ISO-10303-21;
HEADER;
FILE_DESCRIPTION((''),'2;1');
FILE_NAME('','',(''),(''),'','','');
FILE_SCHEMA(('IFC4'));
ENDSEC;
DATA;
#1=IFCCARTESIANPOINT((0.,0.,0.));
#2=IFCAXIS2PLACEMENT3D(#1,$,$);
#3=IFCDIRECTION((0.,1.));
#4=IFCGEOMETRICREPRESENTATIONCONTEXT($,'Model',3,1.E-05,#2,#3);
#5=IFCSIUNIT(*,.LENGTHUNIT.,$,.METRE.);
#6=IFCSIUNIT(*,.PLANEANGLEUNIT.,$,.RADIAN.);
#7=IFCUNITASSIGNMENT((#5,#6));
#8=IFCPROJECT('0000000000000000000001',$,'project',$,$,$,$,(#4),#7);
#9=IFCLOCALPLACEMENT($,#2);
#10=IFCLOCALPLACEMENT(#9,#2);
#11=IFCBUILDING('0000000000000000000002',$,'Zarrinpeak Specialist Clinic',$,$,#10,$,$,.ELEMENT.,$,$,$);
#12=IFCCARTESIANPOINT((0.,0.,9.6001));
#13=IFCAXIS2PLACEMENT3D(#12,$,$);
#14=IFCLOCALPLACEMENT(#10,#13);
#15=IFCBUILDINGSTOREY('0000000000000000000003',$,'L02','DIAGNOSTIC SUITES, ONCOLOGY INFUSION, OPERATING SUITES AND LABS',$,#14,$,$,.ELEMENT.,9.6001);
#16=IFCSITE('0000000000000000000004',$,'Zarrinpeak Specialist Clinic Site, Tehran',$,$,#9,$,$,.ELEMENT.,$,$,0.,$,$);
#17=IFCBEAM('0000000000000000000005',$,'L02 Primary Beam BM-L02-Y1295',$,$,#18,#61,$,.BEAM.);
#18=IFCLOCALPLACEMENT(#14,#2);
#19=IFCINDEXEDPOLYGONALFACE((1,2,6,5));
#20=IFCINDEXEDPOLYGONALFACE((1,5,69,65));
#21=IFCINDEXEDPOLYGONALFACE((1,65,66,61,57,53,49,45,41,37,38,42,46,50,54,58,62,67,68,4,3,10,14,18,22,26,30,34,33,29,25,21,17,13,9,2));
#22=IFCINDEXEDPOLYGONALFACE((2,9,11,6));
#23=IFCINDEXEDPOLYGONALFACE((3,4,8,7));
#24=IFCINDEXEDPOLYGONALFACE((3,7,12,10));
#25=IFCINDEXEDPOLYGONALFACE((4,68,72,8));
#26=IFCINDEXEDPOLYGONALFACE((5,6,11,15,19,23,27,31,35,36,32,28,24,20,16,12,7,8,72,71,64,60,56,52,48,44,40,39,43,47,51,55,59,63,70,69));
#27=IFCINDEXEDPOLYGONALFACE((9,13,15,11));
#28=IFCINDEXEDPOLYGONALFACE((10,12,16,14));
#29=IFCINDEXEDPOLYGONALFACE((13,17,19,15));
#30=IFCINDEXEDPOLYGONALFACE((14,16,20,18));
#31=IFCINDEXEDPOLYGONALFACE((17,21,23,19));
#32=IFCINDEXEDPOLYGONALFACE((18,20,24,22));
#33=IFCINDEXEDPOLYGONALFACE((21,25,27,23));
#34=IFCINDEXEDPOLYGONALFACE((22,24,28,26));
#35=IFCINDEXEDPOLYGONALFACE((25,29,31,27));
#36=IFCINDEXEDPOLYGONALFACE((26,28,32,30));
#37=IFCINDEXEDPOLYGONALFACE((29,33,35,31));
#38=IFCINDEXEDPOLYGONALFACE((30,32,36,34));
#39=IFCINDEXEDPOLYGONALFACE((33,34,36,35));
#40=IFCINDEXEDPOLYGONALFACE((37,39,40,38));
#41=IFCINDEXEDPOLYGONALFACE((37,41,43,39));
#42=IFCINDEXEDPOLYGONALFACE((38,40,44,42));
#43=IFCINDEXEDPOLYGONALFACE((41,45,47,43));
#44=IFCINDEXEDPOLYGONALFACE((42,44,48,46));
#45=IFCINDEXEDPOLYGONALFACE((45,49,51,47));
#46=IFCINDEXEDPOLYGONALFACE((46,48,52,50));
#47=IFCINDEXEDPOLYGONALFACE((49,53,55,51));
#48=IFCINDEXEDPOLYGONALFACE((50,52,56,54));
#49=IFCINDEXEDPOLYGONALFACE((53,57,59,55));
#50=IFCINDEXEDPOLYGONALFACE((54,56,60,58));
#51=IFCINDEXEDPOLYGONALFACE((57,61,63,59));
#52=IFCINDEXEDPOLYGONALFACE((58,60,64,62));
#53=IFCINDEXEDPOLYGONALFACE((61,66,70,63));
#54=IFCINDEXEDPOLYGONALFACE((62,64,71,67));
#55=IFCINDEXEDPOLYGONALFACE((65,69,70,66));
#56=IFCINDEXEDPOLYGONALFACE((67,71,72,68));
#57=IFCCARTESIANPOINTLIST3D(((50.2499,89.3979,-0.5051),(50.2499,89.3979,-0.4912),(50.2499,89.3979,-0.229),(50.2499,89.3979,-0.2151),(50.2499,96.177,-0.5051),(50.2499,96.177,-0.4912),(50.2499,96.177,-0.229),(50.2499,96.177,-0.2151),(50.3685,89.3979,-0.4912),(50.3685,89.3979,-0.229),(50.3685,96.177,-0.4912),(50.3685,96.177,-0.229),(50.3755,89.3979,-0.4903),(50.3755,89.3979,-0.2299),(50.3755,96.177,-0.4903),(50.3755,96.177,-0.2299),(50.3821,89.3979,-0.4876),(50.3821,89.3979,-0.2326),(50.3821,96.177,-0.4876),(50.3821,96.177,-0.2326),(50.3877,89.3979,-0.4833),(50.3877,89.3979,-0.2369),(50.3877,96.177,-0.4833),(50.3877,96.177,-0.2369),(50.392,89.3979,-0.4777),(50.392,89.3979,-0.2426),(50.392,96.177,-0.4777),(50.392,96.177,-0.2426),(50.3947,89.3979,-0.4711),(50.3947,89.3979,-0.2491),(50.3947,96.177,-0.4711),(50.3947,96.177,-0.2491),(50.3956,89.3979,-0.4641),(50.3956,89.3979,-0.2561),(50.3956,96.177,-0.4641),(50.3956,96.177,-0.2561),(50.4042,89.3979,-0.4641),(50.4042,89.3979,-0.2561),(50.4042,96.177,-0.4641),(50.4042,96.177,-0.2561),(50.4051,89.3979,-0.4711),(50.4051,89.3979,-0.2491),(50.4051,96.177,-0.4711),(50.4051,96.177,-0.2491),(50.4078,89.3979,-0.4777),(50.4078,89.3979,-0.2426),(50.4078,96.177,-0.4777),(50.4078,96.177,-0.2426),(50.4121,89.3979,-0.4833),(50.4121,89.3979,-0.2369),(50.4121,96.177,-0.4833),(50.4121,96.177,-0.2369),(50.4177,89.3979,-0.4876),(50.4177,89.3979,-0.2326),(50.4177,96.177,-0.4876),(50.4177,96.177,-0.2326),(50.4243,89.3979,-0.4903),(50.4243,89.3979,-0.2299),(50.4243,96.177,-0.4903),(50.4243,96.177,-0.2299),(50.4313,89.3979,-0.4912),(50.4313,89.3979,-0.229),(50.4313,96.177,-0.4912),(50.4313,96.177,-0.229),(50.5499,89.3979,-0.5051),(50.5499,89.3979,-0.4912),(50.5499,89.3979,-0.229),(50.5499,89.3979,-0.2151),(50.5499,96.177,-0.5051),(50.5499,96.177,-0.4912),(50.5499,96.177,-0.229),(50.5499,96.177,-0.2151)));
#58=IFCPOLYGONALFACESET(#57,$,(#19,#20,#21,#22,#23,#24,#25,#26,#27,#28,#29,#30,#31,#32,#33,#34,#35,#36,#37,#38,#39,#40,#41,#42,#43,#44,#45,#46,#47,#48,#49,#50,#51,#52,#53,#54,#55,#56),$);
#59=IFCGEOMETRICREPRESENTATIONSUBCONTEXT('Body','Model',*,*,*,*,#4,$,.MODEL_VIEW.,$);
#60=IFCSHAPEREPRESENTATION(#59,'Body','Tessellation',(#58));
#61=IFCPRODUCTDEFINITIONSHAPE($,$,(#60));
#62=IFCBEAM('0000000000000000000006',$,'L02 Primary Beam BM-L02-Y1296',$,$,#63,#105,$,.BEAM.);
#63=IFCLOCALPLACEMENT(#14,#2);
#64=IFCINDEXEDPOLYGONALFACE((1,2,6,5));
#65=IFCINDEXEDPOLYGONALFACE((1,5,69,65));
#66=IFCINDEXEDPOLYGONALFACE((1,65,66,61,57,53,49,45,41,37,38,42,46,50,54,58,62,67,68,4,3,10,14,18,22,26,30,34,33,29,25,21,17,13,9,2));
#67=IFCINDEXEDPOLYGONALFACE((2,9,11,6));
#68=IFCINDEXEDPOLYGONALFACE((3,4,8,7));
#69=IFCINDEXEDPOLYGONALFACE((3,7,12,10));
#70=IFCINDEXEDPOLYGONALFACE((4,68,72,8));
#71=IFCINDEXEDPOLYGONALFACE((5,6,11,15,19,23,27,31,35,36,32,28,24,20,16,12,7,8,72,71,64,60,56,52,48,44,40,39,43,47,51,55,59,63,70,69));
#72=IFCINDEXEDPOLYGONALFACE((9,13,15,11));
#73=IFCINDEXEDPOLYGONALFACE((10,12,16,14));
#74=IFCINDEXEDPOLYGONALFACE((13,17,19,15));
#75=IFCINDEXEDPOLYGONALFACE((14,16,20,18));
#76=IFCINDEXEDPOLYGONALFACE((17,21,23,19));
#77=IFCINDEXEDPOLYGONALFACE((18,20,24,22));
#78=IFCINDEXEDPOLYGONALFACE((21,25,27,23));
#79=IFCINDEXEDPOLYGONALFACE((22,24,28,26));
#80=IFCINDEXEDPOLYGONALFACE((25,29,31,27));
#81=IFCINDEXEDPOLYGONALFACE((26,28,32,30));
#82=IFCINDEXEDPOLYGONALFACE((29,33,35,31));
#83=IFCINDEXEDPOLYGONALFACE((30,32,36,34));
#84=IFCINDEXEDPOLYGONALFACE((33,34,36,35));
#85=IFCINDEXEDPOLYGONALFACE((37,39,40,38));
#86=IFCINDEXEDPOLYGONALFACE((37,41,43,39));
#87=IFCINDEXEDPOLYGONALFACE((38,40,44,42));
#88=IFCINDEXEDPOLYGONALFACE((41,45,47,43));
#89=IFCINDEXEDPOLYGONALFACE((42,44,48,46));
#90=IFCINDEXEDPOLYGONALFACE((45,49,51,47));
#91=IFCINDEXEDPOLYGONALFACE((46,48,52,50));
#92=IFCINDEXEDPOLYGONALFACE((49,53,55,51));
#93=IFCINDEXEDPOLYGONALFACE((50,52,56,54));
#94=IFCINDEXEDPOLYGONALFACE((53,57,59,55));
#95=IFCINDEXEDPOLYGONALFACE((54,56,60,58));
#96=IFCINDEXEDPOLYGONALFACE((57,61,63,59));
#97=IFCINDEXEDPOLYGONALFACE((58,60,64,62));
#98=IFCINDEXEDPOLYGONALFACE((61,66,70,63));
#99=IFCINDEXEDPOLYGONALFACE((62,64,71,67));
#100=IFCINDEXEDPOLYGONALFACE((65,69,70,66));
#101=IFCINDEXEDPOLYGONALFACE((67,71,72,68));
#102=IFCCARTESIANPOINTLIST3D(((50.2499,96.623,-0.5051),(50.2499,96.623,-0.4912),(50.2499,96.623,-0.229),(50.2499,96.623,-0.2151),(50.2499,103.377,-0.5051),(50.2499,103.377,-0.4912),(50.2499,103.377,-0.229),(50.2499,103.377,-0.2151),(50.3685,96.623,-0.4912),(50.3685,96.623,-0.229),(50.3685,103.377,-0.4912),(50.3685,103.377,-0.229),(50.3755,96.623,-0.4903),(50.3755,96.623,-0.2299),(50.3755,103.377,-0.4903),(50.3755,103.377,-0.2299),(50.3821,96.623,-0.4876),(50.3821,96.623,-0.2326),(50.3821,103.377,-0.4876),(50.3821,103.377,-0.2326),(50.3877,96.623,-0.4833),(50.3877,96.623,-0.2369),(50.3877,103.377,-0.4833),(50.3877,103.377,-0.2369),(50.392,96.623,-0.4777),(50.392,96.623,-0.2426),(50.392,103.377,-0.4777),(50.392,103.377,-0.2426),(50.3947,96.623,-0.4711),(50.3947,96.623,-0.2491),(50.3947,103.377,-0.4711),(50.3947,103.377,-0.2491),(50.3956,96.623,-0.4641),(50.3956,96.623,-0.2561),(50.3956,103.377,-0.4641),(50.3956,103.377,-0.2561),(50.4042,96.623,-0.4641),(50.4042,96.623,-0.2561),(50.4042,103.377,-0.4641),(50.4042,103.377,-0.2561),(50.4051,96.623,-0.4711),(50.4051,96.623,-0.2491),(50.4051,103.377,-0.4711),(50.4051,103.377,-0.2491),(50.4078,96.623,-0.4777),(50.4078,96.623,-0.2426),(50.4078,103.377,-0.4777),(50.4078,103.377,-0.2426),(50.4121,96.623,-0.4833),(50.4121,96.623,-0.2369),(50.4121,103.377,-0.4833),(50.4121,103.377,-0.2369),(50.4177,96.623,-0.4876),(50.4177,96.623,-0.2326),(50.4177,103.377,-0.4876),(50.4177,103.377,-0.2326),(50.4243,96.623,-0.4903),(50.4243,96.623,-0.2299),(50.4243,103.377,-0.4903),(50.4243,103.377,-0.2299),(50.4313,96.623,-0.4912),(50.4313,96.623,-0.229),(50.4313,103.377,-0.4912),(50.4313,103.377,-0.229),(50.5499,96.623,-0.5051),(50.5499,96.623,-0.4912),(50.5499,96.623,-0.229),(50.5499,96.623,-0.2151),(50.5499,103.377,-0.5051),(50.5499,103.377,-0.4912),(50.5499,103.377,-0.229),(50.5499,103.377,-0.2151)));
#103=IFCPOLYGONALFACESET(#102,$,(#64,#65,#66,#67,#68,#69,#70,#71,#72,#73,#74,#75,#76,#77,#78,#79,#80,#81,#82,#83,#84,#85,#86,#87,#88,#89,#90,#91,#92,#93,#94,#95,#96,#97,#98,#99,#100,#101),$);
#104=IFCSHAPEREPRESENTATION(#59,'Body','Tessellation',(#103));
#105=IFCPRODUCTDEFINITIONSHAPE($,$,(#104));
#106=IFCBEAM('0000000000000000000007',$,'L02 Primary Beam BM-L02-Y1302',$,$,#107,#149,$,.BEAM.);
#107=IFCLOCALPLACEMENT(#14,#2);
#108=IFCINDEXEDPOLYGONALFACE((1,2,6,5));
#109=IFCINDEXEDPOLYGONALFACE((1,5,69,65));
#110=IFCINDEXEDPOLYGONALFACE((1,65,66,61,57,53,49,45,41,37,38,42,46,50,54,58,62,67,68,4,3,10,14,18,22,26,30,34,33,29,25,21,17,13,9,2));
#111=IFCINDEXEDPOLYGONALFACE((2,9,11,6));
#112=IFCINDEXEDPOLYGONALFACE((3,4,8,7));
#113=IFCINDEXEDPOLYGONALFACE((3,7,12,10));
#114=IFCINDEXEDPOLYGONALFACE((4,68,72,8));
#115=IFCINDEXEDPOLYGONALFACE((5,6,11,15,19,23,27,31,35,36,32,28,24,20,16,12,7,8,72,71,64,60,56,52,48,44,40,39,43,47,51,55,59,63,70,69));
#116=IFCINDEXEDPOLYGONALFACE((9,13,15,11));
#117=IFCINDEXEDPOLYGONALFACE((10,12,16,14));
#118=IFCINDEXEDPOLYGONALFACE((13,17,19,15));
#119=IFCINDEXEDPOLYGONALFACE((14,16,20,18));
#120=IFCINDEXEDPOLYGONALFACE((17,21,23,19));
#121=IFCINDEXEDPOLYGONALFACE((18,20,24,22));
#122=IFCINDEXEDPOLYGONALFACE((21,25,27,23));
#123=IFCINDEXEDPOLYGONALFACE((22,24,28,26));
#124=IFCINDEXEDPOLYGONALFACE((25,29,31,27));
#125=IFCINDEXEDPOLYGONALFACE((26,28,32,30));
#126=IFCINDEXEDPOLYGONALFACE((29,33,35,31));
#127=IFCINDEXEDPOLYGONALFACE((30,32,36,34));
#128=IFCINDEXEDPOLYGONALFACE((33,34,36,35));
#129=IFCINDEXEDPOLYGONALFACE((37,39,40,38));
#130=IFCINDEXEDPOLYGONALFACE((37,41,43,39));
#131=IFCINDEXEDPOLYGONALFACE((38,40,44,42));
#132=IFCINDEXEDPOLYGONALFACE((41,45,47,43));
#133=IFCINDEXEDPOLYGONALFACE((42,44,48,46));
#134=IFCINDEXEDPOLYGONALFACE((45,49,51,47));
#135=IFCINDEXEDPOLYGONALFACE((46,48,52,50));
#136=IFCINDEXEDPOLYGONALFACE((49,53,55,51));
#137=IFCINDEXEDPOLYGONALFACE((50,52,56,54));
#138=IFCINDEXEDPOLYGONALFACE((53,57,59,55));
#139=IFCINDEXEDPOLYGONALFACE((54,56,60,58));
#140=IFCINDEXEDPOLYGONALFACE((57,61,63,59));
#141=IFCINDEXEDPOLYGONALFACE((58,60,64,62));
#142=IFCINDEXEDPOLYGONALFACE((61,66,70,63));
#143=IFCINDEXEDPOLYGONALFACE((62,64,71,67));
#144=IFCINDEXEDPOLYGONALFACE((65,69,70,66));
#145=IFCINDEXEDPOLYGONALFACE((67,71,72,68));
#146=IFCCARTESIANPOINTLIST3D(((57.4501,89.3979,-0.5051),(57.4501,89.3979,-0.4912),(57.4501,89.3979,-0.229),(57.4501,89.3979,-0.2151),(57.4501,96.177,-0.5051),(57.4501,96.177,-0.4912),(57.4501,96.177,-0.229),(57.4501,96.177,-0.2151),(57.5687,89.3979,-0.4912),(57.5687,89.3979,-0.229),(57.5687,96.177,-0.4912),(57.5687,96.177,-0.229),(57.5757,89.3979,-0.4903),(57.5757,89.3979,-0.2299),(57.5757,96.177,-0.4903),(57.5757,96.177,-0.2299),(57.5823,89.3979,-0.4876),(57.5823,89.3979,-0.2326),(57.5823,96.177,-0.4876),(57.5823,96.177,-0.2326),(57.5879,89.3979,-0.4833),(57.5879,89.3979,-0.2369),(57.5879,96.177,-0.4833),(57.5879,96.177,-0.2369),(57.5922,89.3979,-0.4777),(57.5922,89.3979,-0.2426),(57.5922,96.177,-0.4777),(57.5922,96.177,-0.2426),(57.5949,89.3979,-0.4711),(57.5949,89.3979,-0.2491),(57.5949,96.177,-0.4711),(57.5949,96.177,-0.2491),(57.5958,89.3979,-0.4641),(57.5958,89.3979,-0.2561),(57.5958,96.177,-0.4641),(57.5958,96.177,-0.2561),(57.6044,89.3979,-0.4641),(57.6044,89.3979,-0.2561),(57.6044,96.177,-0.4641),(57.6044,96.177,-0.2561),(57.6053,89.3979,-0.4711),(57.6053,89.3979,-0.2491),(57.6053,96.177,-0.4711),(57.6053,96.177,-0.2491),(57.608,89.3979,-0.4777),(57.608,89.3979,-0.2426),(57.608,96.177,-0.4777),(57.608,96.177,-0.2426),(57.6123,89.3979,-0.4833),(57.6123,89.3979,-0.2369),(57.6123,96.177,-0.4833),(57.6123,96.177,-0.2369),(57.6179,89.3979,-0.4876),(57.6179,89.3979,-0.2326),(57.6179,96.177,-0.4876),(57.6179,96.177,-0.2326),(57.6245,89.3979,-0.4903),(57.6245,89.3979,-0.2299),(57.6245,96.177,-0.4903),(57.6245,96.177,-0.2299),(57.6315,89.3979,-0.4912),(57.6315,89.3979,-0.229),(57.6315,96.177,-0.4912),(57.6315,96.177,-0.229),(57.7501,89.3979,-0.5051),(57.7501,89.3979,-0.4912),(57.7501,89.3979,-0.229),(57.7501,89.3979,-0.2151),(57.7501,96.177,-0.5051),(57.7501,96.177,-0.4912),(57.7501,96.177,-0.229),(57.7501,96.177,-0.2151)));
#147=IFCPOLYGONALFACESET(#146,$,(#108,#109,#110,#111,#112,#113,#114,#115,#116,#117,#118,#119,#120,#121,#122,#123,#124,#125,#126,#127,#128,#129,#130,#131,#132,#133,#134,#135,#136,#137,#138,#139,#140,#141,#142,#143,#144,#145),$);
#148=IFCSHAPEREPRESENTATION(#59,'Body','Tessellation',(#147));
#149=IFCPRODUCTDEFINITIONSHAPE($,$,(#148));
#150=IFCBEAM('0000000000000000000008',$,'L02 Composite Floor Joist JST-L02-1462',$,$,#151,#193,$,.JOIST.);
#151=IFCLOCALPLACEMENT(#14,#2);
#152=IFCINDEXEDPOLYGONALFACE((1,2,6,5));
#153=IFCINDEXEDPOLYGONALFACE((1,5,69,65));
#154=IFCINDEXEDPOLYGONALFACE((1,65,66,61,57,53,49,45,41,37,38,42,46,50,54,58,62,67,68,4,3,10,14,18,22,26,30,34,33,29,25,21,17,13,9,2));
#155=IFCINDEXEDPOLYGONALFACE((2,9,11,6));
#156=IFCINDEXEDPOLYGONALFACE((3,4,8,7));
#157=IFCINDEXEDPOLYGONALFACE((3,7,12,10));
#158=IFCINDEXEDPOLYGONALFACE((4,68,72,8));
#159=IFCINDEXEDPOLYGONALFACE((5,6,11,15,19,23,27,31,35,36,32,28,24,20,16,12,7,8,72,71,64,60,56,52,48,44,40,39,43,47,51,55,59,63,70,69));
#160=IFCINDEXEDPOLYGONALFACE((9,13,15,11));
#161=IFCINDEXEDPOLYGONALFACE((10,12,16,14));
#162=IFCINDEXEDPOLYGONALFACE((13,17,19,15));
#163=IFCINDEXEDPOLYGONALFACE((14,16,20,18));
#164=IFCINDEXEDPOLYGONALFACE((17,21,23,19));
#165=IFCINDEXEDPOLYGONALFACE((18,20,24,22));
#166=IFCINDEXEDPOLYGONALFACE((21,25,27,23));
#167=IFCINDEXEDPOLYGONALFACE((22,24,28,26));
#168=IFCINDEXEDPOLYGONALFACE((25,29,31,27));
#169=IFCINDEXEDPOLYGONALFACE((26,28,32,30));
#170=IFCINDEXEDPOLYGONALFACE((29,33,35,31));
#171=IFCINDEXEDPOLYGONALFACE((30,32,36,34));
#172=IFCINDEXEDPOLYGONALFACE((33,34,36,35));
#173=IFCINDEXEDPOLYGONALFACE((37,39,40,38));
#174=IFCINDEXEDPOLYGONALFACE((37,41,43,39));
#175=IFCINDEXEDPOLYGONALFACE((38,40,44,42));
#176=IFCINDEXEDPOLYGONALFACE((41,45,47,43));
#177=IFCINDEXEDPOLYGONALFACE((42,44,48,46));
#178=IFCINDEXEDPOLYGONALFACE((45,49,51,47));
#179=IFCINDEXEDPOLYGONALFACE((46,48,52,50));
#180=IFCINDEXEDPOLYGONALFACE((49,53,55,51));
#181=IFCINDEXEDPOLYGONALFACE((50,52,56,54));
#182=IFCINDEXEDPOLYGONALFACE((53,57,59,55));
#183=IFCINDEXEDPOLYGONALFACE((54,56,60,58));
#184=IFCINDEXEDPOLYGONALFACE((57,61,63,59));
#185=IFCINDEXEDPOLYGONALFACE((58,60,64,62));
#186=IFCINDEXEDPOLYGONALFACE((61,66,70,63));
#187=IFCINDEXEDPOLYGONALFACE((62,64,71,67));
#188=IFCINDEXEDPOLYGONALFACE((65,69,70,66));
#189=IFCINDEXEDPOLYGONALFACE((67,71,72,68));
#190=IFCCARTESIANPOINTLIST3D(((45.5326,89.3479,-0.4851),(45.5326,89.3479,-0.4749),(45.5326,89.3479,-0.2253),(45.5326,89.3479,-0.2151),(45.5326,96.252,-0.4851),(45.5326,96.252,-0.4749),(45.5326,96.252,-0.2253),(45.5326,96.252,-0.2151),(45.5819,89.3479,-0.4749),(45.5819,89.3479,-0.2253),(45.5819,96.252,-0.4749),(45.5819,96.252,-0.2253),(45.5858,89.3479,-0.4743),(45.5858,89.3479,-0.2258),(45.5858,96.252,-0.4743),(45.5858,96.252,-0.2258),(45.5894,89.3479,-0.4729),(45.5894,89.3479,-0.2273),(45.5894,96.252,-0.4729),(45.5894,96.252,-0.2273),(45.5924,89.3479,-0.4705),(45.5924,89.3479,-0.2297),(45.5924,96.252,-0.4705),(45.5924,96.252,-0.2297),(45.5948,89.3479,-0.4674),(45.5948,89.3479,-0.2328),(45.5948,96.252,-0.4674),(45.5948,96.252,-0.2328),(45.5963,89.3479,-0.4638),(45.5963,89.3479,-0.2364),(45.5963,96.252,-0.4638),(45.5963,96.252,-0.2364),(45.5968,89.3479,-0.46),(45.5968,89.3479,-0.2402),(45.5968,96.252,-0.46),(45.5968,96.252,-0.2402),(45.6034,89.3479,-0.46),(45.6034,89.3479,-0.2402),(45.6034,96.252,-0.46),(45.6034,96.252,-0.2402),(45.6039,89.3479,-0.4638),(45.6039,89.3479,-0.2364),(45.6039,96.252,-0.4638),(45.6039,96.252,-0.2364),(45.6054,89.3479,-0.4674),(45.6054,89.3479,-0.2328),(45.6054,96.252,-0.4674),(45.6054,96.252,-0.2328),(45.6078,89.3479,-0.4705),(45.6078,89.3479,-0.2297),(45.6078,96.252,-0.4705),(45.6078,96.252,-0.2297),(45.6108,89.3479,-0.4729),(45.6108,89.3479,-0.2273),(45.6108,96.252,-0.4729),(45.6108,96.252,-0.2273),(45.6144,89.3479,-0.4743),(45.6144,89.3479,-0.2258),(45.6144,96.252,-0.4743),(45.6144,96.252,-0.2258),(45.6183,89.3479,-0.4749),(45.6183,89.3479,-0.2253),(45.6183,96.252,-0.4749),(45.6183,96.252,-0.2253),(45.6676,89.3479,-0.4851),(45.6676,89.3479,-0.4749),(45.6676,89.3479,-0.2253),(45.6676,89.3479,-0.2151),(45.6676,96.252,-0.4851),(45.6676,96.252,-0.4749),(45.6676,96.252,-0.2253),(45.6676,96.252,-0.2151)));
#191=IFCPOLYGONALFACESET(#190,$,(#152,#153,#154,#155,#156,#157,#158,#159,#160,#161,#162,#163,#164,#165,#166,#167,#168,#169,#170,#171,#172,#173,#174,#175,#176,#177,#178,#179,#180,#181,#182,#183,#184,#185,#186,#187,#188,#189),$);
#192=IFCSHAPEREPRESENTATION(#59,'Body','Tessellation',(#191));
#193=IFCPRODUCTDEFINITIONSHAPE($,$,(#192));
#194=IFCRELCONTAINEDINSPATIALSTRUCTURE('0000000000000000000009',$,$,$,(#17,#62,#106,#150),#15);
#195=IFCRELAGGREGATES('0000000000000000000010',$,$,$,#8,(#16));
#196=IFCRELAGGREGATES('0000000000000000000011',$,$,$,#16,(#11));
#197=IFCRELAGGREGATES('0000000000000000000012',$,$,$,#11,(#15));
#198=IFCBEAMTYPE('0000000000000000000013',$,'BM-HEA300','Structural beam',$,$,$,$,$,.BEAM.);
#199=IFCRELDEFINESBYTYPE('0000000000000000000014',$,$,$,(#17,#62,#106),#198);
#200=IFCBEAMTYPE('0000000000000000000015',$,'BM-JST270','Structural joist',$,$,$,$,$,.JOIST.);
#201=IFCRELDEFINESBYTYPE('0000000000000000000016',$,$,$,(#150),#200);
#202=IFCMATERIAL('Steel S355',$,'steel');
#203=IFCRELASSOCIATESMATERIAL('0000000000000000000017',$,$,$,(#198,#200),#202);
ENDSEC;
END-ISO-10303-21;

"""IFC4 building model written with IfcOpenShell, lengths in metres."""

from ifc_helpers import new_model, si_unit, direction, frame, origin, origin_2d, place, context, subcontext, project, spatial, i_section, extrude, material, material_profile, profile_set, type_object, element, save


model = new_model("IFC4")

# Units and contexts
model_context = context("Model", 3, precision=1e-05, world=origin(), true_north=direction((0.0, 1.0)))
body_context = subcontext(model_context, "Body", "Model", "MODEL_VIEW")
ifc_project = project(units=[si_unit("LENGTHUNIT", "METRE"), si_unit("PLANEANGLEUNIT", "RADIAN")], contexts=[model_context])

# Site, building, storey
site_placement = place(None, origin())
site = spatial("IfcSite", under=ifc_project, at=site_placement, Name="Zarrinpeak Specialist Clinic Site, Tehran", CompositionType="ELEMENT", RefElevation=0.0)
building_placement = place(site_placement, origin())
building = spatial("IfcBuilding", under=site, at=building_placement, Name="Zarrinpeak Specialist Clinic", CompositionType="ELEMENT")
storey_placement = place(building_placement, frame((0.0, 0.0, 9.6001)))
storey = spatial("IfcBuildingStorey", under=building, at=storey_placement, Name="L02", Description="DIAGNOSTIC SUITES, ONCOLOGY INFUSION, OPERATING SUITES AND LABS", CompositionType="ELEMENT", Elevation=9.6001)

# Shared definitions
ifc_material_1 = material(Name="Steel S355", Category="steel")

# Beams
ifc_material_profile_1 = material_profile(ifc_material_1, i_section(OverallWidth=0.3, OverallDepth=0.29, WebThickness=0.0085, FlangeThickness=0.0139, FilletRadius=0.0271, at=origin_2d()), Name="HEA 300")
ifc_profile_set_1 = profile_set([ifc_material_profile_1], Name="Steel S355")
beam_type_1 = type_object("IfcBeamType", Name="BM-HEA300", Description="Structural beam", PredefinedType="BEAM", material=ifc_profile_set_1)
beam_1_placement = place(storey_placement, frame((50.3999, 89.3979, -0.3601), z_axis=(0.0, 1.0, 0.0), x_axis=(-1.0, 0.0, 0.0)))
element("IfcBeam", 1, at=beam_1_placement, inside=storey, type_object=beam_type_1, Name="L02 Primary Beam BM-L02-Y1295", PredefinedType="BEAM", context=body_context, shape_type="SweptSolid", body=[
    extrude(i_section(OverallWidth=0.3, OverallDepth=0.29, WebThickness=0.0085, FlangeThickness=0.0139, FilletRadius=0.0271, at=origin_2d()), origin(), (0.0, 0.0, 1.0), 6.7791),
])
beam_2_placement = place(storey_placement, frame((50.3999, 96.623, -0.3601), z_axis=(0.0, 1.0, 0.0), x_axis=(-1.0, 0.0, 0.0)))
element("IfcBeam", 2, at=beam_2_placement, inside=storey, type_object=beam_type_1, Name="L02 Primary Beam BM-L02-Y1296", PredefinedType="BEAM", context=body_context, shape_type="SweptSolid", body=[
    extrude(i_section(OverallWidth=0.3, OverallDepth=0.29, WebThickness=0.0085, FlangeThickness=0.0139, FilletRadius=0.0271, at=origin_2d()), origin(), (0.0, 0.0, 1.0), 6.7539),
])
beam_3_placement = place(storey_placement, frame((57.6001, 89.3979, -0.3601), z_axis=(0.0, 1.0, 0.0), x_axis=(-1.0, 0.0, 0.0)))
element("IfcBeam", 3, at=beam_3_placement, inside=storey, type_object=beam_type_1, Name="L02 Primary Beam BM-L02-Y1302", PredefinedType="BEAM", context=body_context, shape_type="SweptSolid", body=[
    extrude(i_section(OverallWidth=0.3, OverallDepth=0.29, WebThickness=0.0085, FlangeThickness=0.0139, FilletRadius=0.0271, at=origin_2d()), origin(), (0.0, 0.0, 1.0), 6.7791),
])
ifc_material_profile_2 = material_profile(ifc_material_1, i_section(OverallWidth=0.135, OverallDepth=0.27, WebThickness=0.0066, FlangeThickness=0.0103, FilletRadius=0.0149, at=origin_2d()), Name="IPE 270")
ifc_profile_set_2 = profile_set([ifc_material_profile_2], Name="Steel S355")
beam_type_2 = type_object("IfcBeamType", Name="BM-JST270", Description="Structural joist", PredefinedType="JOIST", material=ifc_profile_set_2)
for number, where, z_axis, x_axis, name in (
    (4, (45.6001, 89.3479, -0.3501), (0.0, 1.0, 0.0), (-1.0, 0.0, 0.0), "L02 Composite Floor Joist JST-L02-1462"),
):
    element("IfcBeam", number, at=place(storey_placement, frame(where, z_axis=z_axis, x_axis=x_axis)), inside=storey, type_object=beam_type_2, Name=name, PredefinedType="JOIST", context=body_context, shape_type="SweptSolid", body=[
        extrude(i_section(OverallWidth=0.135, OverallDepth=0.27, WebThickness=0.0066, FlangeThickness=0.0103, FilletRadius=0.0149, at=origin_2d()), origin(), (0.0, 0.0, 1.0), 6.9041),
    ])

save(model, "model.ifc")
